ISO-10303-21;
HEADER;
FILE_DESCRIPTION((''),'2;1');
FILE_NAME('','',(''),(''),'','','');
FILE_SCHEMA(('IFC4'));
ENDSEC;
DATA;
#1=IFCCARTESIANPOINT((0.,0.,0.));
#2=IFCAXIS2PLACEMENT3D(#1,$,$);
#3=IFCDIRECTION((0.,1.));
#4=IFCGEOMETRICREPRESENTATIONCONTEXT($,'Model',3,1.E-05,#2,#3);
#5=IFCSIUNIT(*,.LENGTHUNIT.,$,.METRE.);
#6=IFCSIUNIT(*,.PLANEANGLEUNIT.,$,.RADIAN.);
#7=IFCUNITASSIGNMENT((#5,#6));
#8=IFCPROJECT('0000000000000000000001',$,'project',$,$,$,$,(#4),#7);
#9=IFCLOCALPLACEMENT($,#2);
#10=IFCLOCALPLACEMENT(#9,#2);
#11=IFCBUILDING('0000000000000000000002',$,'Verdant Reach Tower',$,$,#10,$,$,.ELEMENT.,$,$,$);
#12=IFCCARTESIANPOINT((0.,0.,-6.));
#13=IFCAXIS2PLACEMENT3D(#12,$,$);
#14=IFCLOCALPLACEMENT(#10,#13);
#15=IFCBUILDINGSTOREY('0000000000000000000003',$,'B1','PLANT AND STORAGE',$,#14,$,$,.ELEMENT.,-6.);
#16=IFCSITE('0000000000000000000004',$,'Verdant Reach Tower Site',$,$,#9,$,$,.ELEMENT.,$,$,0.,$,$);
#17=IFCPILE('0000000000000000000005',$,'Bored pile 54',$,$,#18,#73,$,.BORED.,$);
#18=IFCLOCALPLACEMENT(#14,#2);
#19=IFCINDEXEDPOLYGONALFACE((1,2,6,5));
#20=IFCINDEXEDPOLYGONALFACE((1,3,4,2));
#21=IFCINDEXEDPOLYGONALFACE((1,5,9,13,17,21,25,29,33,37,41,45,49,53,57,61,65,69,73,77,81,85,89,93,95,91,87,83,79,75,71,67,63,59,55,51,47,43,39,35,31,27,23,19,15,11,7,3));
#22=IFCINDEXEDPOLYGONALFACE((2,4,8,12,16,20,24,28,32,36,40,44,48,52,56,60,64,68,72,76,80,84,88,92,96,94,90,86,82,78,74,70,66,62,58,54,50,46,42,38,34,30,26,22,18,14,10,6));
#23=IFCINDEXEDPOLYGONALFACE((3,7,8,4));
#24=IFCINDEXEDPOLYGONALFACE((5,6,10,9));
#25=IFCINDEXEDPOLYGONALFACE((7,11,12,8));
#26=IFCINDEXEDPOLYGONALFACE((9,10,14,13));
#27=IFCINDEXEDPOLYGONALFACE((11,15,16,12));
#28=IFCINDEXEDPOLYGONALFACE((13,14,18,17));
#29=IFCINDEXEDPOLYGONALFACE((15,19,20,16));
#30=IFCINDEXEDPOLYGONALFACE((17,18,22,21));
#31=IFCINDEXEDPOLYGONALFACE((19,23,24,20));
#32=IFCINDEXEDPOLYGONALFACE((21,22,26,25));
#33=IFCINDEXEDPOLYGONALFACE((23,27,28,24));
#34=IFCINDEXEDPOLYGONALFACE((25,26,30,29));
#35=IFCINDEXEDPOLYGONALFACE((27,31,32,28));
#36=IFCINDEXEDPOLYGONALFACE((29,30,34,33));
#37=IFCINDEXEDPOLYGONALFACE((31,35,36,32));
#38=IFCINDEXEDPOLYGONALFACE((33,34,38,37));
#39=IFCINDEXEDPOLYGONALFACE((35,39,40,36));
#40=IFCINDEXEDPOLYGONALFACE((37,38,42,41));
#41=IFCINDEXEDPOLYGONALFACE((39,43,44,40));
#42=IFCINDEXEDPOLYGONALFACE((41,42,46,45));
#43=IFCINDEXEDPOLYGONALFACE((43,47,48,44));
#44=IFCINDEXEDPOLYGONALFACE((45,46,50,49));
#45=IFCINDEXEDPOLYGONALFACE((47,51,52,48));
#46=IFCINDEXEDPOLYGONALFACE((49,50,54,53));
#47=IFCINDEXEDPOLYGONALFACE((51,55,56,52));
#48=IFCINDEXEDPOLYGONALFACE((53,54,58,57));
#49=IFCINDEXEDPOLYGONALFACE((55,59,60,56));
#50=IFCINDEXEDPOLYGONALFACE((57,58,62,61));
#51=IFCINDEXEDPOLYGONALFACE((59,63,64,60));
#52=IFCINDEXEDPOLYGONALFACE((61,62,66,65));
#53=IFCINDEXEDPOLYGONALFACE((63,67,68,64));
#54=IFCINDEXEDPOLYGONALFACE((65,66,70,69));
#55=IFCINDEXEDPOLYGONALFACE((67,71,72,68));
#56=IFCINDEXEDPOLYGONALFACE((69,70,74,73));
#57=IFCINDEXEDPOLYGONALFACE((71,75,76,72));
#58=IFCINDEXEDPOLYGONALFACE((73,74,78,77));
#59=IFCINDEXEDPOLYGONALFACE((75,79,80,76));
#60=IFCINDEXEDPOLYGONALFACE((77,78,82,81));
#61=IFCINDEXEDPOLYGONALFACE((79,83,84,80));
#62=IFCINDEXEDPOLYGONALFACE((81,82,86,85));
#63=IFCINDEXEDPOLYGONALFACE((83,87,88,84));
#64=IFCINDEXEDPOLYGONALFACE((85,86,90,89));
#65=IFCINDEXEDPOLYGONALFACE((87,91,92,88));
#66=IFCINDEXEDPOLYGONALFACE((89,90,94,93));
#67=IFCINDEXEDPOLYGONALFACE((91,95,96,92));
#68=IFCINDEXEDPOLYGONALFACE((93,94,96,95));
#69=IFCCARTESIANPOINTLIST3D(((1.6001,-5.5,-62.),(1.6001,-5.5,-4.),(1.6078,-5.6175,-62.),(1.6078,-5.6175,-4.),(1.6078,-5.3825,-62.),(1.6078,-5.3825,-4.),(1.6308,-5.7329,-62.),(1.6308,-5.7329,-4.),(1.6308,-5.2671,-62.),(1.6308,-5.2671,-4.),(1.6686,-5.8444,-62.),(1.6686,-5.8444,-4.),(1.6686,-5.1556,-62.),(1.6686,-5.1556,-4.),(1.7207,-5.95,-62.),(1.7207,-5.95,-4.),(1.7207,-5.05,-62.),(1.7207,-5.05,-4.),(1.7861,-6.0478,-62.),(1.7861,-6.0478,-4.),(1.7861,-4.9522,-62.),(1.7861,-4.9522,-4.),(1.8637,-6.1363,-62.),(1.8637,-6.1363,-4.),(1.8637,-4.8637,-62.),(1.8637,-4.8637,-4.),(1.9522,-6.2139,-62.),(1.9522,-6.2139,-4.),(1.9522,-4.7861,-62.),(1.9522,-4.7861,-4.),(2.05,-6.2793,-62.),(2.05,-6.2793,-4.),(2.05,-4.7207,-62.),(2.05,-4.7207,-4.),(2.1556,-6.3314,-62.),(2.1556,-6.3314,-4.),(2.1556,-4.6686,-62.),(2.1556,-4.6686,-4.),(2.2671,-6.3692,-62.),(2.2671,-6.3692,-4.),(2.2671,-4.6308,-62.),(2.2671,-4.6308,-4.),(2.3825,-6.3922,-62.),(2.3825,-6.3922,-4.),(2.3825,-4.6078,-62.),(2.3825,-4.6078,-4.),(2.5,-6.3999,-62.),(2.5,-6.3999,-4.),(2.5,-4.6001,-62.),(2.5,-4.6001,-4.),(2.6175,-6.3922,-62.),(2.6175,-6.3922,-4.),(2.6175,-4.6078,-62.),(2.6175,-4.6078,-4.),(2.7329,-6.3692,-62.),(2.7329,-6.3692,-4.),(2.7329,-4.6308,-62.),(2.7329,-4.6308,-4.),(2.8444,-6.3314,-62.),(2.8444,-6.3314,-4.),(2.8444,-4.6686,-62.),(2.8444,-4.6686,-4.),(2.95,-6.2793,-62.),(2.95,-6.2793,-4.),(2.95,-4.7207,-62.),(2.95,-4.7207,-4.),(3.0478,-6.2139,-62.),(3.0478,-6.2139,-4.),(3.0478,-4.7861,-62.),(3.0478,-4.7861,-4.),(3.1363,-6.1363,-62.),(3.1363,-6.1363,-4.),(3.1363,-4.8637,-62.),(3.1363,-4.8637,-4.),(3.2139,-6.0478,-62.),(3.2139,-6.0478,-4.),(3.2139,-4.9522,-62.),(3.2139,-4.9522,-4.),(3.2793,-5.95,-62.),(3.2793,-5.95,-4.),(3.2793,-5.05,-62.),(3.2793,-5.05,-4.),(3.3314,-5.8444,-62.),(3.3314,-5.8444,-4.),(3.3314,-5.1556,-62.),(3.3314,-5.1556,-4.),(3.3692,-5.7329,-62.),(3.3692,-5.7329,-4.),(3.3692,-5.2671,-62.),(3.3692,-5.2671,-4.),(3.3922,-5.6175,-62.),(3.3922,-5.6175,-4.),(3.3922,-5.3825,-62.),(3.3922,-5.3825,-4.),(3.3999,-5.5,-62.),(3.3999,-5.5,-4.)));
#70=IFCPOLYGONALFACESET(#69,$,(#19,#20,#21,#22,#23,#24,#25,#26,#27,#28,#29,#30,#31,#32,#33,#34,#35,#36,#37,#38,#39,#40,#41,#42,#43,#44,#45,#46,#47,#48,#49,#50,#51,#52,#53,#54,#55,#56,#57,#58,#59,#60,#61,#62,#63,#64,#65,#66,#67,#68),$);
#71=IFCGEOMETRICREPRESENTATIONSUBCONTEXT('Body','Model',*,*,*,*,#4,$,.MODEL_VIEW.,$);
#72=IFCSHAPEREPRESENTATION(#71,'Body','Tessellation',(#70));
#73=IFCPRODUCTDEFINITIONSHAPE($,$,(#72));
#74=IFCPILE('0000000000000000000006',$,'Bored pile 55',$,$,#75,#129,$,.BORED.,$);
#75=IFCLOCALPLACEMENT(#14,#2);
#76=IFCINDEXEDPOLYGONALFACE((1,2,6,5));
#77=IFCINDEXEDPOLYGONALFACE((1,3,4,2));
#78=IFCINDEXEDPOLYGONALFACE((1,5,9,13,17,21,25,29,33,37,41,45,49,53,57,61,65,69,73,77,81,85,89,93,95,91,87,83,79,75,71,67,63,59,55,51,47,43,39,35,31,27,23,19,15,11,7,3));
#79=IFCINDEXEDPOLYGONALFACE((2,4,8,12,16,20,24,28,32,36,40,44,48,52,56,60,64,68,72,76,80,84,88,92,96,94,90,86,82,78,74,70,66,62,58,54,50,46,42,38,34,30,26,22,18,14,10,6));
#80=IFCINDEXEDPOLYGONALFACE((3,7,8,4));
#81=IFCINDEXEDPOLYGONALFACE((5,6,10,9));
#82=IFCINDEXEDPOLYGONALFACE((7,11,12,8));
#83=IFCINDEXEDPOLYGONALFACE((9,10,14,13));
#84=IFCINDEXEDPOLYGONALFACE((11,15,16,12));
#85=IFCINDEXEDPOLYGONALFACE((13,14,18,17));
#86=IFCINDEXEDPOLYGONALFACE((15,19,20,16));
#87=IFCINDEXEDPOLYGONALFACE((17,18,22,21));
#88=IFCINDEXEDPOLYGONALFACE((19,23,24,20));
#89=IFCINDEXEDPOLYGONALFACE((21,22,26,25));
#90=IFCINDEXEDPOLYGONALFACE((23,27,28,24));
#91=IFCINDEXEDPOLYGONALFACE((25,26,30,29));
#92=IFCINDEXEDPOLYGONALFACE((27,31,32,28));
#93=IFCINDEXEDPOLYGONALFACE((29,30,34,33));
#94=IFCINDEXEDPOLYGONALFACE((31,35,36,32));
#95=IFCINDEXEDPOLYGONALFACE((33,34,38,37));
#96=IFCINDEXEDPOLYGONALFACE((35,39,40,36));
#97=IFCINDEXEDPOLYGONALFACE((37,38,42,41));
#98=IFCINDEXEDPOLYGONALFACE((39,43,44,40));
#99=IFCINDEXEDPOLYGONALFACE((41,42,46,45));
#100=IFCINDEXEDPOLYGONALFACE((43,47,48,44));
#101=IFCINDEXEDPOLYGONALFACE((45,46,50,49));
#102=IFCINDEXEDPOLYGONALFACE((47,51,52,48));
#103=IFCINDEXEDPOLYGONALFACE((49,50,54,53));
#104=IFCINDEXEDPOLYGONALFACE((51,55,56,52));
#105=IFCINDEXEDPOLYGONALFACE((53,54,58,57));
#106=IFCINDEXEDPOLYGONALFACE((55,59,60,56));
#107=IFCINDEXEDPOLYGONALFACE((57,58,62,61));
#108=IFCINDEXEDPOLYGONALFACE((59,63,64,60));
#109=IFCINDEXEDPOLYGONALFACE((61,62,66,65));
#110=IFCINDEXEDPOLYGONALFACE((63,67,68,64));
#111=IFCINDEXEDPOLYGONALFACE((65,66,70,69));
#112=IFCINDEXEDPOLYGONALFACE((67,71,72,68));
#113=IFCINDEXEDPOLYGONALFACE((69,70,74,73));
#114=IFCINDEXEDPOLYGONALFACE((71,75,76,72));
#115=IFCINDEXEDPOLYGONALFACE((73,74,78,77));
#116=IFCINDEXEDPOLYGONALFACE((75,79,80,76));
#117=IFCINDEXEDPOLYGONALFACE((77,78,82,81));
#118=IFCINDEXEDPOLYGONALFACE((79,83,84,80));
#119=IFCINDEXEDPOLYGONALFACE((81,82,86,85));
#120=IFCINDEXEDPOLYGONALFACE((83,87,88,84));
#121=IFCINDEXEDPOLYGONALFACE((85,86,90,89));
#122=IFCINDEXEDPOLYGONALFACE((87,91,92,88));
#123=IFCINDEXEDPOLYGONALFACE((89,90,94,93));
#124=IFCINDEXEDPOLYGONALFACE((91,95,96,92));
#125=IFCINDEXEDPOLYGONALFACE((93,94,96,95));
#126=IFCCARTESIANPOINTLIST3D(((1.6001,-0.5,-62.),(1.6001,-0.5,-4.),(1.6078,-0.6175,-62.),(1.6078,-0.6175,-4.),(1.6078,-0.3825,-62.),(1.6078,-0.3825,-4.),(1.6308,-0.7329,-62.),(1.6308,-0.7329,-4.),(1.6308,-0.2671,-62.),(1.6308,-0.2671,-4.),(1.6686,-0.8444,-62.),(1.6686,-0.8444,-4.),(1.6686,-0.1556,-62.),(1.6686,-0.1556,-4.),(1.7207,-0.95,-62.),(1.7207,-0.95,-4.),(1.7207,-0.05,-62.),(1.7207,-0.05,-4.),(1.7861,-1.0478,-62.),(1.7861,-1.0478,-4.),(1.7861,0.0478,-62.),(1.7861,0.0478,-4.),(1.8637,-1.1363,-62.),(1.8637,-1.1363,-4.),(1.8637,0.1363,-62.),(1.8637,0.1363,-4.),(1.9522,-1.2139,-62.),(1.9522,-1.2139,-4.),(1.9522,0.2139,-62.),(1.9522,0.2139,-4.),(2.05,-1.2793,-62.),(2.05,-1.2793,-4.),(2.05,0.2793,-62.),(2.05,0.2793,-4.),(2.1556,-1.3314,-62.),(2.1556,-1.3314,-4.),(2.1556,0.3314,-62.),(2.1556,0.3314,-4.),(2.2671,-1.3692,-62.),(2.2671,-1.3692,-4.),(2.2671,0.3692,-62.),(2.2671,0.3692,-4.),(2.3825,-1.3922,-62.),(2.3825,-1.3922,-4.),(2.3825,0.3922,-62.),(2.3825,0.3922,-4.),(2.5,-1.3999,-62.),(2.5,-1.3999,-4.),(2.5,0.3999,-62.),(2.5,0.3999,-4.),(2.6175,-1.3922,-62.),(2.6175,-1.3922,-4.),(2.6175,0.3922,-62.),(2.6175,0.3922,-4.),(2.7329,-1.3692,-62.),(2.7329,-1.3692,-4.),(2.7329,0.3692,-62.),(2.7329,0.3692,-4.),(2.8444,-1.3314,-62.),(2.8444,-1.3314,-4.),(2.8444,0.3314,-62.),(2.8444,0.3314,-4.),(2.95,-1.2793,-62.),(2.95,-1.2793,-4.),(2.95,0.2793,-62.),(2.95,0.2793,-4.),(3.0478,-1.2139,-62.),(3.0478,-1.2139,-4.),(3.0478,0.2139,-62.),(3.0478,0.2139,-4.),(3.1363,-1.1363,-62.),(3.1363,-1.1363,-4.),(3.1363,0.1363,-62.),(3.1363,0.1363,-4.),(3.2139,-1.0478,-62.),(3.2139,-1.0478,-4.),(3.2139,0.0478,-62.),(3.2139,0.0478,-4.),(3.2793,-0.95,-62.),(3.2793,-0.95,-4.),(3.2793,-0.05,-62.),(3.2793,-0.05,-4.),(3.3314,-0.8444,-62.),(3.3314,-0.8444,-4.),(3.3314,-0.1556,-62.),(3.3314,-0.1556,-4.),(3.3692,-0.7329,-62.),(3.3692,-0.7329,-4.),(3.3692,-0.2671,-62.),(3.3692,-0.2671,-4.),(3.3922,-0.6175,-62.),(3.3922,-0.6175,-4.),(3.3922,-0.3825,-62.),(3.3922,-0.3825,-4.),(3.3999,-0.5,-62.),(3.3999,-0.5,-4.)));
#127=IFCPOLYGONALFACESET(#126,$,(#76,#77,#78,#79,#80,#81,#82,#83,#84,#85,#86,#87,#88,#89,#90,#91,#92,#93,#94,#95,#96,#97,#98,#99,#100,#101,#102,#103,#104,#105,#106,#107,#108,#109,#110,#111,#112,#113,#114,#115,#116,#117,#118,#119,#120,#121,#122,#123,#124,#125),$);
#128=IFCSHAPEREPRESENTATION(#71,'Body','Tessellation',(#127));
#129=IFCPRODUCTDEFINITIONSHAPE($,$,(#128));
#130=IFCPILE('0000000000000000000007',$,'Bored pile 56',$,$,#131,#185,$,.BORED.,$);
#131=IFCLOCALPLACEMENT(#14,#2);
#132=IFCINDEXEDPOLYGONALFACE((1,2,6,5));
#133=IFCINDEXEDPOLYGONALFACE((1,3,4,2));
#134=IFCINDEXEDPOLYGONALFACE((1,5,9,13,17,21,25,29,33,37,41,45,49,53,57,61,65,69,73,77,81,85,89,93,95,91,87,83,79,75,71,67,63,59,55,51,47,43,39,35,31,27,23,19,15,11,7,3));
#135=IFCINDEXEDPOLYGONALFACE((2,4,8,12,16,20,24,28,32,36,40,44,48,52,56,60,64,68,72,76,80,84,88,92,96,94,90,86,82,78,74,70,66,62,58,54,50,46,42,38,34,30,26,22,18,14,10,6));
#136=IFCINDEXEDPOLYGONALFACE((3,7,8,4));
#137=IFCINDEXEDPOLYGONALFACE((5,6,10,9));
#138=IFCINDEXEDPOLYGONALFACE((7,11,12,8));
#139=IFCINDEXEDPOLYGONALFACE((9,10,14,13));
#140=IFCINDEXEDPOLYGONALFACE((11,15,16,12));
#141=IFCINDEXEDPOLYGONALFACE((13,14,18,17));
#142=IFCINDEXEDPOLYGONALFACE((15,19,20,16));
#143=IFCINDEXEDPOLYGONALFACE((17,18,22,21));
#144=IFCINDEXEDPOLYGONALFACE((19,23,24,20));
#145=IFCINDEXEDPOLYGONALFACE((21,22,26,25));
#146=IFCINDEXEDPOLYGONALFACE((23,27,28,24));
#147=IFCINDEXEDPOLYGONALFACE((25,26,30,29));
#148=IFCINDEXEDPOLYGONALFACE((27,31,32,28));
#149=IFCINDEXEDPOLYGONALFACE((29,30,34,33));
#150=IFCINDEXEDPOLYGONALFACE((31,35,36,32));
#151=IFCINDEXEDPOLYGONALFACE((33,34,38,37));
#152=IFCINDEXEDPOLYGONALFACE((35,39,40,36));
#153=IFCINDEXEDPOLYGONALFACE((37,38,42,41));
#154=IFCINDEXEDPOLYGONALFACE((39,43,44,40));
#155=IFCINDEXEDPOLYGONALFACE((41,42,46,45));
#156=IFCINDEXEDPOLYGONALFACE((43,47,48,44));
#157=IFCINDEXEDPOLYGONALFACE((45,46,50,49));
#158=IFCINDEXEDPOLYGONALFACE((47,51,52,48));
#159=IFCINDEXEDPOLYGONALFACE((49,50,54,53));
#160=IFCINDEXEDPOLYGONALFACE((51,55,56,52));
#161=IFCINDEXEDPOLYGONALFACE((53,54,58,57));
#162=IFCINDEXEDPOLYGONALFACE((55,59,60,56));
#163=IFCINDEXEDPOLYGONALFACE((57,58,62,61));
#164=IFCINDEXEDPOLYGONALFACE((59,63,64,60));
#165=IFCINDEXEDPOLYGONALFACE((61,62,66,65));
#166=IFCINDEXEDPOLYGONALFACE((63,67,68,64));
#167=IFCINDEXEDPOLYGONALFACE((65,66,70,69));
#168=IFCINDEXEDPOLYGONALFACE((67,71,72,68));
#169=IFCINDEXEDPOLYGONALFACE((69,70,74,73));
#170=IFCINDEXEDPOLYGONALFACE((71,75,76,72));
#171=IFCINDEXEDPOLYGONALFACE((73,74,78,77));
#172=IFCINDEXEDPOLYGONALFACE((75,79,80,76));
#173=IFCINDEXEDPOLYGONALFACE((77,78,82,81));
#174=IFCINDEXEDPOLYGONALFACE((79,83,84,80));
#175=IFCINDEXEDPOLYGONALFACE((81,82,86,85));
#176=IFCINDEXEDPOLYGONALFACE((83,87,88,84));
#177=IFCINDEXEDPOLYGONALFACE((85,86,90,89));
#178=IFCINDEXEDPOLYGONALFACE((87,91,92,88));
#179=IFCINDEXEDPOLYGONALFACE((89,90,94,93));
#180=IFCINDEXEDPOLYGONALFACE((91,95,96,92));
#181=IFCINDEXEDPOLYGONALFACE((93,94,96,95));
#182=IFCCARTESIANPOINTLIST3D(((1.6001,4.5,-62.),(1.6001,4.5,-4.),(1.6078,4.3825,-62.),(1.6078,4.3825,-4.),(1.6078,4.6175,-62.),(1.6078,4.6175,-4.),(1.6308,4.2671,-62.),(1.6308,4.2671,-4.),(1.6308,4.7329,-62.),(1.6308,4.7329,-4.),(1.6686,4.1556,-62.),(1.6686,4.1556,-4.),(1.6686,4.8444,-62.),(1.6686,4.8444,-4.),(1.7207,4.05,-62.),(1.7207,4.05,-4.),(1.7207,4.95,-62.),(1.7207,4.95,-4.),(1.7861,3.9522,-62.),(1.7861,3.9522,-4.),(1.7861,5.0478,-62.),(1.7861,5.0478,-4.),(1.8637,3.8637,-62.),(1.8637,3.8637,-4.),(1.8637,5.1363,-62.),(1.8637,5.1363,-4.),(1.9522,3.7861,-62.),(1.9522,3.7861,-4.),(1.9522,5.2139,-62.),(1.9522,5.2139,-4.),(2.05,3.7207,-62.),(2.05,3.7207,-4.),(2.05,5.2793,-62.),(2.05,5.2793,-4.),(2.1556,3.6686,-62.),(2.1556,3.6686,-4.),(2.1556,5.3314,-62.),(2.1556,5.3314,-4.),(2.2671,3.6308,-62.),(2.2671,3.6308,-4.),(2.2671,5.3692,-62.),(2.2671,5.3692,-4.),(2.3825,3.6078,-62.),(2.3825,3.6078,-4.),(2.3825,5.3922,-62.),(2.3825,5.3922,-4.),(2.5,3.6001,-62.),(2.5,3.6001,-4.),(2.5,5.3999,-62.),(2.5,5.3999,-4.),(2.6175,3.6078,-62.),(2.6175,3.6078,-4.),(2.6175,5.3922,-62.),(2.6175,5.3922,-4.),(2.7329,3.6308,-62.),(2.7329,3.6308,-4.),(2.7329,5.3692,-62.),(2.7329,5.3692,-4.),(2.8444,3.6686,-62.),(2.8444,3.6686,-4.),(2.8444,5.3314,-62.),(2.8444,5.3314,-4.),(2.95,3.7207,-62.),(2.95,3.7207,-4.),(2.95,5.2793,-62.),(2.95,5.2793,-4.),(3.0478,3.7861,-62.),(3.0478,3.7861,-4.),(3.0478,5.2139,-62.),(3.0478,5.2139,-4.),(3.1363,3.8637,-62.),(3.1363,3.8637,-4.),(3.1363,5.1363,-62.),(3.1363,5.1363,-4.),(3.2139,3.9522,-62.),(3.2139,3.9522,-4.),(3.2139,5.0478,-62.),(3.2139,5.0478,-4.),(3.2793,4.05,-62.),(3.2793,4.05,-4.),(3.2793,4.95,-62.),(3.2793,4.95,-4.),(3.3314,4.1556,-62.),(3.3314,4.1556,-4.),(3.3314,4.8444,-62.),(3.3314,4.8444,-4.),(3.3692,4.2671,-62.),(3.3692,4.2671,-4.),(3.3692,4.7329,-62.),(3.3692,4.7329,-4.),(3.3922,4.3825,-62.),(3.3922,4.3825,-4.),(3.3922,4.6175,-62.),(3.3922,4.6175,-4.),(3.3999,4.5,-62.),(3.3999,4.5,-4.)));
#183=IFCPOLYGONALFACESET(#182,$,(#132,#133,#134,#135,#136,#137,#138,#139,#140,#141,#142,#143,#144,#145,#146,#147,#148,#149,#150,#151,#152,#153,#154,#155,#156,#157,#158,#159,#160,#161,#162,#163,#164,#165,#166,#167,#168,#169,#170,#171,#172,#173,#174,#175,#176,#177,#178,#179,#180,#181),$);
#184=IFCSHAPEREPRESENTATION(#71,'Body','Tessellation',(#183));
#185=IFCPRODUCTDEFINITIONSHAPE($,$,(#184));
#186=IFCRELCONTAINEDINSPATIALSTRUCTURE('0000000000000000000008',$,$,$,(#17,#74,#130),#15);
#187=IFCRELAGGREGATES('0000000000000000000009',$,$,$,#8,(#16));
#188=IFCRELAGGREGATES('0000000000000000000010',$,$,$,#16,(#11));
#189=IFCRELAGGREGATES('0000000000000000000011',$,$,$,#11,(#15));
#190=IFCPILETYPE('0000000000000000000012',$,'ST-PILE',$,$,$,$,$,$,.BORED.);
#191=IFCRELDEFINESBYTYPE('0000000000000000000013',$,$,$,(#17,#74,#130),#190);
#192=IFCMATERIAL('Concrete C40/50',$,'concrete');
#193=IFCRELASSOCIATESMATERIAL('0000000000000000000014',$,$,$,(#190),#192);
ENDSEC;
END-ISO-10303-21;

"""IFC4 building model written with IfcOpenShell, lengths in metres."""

from ifc_helpers import new_model, si_unit, direction, frame, origin, origin_2d, place, context, subcontext, project, spatial, circle, extrude, material, material_profile, profile_set, type_object, element, save


model = new_model("IFC4")

# Units and contexts
model_context = context("Model", 3, precision=1e-05, world=origin(), true_north=direction((0.0, 1.0)))
body_context = subcontext(model_context, "Body", "Model", "MODEL_VIEW")
ifc_project = project(units=[si_unit("LENGTHUNIT", "METRE"), si_unit("PLANEANGLEUNIT", "RADIAN")], contexts=[model_context])

# Site, building, storey
site_placement = place(None, origin())
site = spatial("IfcSite", under=ifc_project, at=site_placement, Name="Verdant Reach Tower Site", CompositionType="ELEMENT", RefElevation=0.0)
building_placement = place(site_placement, origin())
building = spatial("IfcBuilding", under=site, at=building_placement, Name="Verdant Reach Tower", CompositionType="ELEMENT")
storey_placement = place(building_placement, frame((0.0, 0.0, -6.0)))
storey = spatial("IfcBuildingStorey", under=building, at=storey_placement, Name="B1", Description="PLANT AND STORAGE", CompositionType="ELEMENT", Elevation=-6.0)

# Piles
ifc_material_1 = material(Name="Concrete C40/50", Category="concrete")
ifc_material_profile_1 = material_profile(ifc_material_1, circle(Radius=0.8999, at=origin_2d()), Name="BP 1800")
ifc_profile_set_1 = profile_set([ifc_material_profile_1], Name="Concrete C40/50")
pile_type = type_object("IfcPileType", Name="ST-PILE", PredefinedType="BORED", material=ifc_profile_set_1)
for number, where, z_axis, x_axis, name in (
    (1, (2.5, -5.5, -4.0), (0.0, 0.0, -1.0), (1.0, 0.0, 0.0), "Bored pile 54"),
    (2, (2.5, -0.5, -4.0), (0.0, 0.0, -1.0), (1.0, 0.0, 0.0), "Bored pile 55"),
    (3, (2.5, 4.5, -4.0), (0.0, 0.0, -1.0), (1.0, 0.0, 0.0), "Bored pile 56"),
):
    element("IfcPile", number, at=place(storey_placement, frame(where, z_axis=z_axis, x_axis=x_axis)), inside=storey, type_object=pile_type, Name=name, PredefinedType="BORED", context=body_context, shape_type="SweptSolid", body=[
        extrude(circle(Radius=0.8999, at=origin_2d()), origin(), (0.0, 0.0, 1.0), 58.0),
    ])

save(model, "model.ifc")
